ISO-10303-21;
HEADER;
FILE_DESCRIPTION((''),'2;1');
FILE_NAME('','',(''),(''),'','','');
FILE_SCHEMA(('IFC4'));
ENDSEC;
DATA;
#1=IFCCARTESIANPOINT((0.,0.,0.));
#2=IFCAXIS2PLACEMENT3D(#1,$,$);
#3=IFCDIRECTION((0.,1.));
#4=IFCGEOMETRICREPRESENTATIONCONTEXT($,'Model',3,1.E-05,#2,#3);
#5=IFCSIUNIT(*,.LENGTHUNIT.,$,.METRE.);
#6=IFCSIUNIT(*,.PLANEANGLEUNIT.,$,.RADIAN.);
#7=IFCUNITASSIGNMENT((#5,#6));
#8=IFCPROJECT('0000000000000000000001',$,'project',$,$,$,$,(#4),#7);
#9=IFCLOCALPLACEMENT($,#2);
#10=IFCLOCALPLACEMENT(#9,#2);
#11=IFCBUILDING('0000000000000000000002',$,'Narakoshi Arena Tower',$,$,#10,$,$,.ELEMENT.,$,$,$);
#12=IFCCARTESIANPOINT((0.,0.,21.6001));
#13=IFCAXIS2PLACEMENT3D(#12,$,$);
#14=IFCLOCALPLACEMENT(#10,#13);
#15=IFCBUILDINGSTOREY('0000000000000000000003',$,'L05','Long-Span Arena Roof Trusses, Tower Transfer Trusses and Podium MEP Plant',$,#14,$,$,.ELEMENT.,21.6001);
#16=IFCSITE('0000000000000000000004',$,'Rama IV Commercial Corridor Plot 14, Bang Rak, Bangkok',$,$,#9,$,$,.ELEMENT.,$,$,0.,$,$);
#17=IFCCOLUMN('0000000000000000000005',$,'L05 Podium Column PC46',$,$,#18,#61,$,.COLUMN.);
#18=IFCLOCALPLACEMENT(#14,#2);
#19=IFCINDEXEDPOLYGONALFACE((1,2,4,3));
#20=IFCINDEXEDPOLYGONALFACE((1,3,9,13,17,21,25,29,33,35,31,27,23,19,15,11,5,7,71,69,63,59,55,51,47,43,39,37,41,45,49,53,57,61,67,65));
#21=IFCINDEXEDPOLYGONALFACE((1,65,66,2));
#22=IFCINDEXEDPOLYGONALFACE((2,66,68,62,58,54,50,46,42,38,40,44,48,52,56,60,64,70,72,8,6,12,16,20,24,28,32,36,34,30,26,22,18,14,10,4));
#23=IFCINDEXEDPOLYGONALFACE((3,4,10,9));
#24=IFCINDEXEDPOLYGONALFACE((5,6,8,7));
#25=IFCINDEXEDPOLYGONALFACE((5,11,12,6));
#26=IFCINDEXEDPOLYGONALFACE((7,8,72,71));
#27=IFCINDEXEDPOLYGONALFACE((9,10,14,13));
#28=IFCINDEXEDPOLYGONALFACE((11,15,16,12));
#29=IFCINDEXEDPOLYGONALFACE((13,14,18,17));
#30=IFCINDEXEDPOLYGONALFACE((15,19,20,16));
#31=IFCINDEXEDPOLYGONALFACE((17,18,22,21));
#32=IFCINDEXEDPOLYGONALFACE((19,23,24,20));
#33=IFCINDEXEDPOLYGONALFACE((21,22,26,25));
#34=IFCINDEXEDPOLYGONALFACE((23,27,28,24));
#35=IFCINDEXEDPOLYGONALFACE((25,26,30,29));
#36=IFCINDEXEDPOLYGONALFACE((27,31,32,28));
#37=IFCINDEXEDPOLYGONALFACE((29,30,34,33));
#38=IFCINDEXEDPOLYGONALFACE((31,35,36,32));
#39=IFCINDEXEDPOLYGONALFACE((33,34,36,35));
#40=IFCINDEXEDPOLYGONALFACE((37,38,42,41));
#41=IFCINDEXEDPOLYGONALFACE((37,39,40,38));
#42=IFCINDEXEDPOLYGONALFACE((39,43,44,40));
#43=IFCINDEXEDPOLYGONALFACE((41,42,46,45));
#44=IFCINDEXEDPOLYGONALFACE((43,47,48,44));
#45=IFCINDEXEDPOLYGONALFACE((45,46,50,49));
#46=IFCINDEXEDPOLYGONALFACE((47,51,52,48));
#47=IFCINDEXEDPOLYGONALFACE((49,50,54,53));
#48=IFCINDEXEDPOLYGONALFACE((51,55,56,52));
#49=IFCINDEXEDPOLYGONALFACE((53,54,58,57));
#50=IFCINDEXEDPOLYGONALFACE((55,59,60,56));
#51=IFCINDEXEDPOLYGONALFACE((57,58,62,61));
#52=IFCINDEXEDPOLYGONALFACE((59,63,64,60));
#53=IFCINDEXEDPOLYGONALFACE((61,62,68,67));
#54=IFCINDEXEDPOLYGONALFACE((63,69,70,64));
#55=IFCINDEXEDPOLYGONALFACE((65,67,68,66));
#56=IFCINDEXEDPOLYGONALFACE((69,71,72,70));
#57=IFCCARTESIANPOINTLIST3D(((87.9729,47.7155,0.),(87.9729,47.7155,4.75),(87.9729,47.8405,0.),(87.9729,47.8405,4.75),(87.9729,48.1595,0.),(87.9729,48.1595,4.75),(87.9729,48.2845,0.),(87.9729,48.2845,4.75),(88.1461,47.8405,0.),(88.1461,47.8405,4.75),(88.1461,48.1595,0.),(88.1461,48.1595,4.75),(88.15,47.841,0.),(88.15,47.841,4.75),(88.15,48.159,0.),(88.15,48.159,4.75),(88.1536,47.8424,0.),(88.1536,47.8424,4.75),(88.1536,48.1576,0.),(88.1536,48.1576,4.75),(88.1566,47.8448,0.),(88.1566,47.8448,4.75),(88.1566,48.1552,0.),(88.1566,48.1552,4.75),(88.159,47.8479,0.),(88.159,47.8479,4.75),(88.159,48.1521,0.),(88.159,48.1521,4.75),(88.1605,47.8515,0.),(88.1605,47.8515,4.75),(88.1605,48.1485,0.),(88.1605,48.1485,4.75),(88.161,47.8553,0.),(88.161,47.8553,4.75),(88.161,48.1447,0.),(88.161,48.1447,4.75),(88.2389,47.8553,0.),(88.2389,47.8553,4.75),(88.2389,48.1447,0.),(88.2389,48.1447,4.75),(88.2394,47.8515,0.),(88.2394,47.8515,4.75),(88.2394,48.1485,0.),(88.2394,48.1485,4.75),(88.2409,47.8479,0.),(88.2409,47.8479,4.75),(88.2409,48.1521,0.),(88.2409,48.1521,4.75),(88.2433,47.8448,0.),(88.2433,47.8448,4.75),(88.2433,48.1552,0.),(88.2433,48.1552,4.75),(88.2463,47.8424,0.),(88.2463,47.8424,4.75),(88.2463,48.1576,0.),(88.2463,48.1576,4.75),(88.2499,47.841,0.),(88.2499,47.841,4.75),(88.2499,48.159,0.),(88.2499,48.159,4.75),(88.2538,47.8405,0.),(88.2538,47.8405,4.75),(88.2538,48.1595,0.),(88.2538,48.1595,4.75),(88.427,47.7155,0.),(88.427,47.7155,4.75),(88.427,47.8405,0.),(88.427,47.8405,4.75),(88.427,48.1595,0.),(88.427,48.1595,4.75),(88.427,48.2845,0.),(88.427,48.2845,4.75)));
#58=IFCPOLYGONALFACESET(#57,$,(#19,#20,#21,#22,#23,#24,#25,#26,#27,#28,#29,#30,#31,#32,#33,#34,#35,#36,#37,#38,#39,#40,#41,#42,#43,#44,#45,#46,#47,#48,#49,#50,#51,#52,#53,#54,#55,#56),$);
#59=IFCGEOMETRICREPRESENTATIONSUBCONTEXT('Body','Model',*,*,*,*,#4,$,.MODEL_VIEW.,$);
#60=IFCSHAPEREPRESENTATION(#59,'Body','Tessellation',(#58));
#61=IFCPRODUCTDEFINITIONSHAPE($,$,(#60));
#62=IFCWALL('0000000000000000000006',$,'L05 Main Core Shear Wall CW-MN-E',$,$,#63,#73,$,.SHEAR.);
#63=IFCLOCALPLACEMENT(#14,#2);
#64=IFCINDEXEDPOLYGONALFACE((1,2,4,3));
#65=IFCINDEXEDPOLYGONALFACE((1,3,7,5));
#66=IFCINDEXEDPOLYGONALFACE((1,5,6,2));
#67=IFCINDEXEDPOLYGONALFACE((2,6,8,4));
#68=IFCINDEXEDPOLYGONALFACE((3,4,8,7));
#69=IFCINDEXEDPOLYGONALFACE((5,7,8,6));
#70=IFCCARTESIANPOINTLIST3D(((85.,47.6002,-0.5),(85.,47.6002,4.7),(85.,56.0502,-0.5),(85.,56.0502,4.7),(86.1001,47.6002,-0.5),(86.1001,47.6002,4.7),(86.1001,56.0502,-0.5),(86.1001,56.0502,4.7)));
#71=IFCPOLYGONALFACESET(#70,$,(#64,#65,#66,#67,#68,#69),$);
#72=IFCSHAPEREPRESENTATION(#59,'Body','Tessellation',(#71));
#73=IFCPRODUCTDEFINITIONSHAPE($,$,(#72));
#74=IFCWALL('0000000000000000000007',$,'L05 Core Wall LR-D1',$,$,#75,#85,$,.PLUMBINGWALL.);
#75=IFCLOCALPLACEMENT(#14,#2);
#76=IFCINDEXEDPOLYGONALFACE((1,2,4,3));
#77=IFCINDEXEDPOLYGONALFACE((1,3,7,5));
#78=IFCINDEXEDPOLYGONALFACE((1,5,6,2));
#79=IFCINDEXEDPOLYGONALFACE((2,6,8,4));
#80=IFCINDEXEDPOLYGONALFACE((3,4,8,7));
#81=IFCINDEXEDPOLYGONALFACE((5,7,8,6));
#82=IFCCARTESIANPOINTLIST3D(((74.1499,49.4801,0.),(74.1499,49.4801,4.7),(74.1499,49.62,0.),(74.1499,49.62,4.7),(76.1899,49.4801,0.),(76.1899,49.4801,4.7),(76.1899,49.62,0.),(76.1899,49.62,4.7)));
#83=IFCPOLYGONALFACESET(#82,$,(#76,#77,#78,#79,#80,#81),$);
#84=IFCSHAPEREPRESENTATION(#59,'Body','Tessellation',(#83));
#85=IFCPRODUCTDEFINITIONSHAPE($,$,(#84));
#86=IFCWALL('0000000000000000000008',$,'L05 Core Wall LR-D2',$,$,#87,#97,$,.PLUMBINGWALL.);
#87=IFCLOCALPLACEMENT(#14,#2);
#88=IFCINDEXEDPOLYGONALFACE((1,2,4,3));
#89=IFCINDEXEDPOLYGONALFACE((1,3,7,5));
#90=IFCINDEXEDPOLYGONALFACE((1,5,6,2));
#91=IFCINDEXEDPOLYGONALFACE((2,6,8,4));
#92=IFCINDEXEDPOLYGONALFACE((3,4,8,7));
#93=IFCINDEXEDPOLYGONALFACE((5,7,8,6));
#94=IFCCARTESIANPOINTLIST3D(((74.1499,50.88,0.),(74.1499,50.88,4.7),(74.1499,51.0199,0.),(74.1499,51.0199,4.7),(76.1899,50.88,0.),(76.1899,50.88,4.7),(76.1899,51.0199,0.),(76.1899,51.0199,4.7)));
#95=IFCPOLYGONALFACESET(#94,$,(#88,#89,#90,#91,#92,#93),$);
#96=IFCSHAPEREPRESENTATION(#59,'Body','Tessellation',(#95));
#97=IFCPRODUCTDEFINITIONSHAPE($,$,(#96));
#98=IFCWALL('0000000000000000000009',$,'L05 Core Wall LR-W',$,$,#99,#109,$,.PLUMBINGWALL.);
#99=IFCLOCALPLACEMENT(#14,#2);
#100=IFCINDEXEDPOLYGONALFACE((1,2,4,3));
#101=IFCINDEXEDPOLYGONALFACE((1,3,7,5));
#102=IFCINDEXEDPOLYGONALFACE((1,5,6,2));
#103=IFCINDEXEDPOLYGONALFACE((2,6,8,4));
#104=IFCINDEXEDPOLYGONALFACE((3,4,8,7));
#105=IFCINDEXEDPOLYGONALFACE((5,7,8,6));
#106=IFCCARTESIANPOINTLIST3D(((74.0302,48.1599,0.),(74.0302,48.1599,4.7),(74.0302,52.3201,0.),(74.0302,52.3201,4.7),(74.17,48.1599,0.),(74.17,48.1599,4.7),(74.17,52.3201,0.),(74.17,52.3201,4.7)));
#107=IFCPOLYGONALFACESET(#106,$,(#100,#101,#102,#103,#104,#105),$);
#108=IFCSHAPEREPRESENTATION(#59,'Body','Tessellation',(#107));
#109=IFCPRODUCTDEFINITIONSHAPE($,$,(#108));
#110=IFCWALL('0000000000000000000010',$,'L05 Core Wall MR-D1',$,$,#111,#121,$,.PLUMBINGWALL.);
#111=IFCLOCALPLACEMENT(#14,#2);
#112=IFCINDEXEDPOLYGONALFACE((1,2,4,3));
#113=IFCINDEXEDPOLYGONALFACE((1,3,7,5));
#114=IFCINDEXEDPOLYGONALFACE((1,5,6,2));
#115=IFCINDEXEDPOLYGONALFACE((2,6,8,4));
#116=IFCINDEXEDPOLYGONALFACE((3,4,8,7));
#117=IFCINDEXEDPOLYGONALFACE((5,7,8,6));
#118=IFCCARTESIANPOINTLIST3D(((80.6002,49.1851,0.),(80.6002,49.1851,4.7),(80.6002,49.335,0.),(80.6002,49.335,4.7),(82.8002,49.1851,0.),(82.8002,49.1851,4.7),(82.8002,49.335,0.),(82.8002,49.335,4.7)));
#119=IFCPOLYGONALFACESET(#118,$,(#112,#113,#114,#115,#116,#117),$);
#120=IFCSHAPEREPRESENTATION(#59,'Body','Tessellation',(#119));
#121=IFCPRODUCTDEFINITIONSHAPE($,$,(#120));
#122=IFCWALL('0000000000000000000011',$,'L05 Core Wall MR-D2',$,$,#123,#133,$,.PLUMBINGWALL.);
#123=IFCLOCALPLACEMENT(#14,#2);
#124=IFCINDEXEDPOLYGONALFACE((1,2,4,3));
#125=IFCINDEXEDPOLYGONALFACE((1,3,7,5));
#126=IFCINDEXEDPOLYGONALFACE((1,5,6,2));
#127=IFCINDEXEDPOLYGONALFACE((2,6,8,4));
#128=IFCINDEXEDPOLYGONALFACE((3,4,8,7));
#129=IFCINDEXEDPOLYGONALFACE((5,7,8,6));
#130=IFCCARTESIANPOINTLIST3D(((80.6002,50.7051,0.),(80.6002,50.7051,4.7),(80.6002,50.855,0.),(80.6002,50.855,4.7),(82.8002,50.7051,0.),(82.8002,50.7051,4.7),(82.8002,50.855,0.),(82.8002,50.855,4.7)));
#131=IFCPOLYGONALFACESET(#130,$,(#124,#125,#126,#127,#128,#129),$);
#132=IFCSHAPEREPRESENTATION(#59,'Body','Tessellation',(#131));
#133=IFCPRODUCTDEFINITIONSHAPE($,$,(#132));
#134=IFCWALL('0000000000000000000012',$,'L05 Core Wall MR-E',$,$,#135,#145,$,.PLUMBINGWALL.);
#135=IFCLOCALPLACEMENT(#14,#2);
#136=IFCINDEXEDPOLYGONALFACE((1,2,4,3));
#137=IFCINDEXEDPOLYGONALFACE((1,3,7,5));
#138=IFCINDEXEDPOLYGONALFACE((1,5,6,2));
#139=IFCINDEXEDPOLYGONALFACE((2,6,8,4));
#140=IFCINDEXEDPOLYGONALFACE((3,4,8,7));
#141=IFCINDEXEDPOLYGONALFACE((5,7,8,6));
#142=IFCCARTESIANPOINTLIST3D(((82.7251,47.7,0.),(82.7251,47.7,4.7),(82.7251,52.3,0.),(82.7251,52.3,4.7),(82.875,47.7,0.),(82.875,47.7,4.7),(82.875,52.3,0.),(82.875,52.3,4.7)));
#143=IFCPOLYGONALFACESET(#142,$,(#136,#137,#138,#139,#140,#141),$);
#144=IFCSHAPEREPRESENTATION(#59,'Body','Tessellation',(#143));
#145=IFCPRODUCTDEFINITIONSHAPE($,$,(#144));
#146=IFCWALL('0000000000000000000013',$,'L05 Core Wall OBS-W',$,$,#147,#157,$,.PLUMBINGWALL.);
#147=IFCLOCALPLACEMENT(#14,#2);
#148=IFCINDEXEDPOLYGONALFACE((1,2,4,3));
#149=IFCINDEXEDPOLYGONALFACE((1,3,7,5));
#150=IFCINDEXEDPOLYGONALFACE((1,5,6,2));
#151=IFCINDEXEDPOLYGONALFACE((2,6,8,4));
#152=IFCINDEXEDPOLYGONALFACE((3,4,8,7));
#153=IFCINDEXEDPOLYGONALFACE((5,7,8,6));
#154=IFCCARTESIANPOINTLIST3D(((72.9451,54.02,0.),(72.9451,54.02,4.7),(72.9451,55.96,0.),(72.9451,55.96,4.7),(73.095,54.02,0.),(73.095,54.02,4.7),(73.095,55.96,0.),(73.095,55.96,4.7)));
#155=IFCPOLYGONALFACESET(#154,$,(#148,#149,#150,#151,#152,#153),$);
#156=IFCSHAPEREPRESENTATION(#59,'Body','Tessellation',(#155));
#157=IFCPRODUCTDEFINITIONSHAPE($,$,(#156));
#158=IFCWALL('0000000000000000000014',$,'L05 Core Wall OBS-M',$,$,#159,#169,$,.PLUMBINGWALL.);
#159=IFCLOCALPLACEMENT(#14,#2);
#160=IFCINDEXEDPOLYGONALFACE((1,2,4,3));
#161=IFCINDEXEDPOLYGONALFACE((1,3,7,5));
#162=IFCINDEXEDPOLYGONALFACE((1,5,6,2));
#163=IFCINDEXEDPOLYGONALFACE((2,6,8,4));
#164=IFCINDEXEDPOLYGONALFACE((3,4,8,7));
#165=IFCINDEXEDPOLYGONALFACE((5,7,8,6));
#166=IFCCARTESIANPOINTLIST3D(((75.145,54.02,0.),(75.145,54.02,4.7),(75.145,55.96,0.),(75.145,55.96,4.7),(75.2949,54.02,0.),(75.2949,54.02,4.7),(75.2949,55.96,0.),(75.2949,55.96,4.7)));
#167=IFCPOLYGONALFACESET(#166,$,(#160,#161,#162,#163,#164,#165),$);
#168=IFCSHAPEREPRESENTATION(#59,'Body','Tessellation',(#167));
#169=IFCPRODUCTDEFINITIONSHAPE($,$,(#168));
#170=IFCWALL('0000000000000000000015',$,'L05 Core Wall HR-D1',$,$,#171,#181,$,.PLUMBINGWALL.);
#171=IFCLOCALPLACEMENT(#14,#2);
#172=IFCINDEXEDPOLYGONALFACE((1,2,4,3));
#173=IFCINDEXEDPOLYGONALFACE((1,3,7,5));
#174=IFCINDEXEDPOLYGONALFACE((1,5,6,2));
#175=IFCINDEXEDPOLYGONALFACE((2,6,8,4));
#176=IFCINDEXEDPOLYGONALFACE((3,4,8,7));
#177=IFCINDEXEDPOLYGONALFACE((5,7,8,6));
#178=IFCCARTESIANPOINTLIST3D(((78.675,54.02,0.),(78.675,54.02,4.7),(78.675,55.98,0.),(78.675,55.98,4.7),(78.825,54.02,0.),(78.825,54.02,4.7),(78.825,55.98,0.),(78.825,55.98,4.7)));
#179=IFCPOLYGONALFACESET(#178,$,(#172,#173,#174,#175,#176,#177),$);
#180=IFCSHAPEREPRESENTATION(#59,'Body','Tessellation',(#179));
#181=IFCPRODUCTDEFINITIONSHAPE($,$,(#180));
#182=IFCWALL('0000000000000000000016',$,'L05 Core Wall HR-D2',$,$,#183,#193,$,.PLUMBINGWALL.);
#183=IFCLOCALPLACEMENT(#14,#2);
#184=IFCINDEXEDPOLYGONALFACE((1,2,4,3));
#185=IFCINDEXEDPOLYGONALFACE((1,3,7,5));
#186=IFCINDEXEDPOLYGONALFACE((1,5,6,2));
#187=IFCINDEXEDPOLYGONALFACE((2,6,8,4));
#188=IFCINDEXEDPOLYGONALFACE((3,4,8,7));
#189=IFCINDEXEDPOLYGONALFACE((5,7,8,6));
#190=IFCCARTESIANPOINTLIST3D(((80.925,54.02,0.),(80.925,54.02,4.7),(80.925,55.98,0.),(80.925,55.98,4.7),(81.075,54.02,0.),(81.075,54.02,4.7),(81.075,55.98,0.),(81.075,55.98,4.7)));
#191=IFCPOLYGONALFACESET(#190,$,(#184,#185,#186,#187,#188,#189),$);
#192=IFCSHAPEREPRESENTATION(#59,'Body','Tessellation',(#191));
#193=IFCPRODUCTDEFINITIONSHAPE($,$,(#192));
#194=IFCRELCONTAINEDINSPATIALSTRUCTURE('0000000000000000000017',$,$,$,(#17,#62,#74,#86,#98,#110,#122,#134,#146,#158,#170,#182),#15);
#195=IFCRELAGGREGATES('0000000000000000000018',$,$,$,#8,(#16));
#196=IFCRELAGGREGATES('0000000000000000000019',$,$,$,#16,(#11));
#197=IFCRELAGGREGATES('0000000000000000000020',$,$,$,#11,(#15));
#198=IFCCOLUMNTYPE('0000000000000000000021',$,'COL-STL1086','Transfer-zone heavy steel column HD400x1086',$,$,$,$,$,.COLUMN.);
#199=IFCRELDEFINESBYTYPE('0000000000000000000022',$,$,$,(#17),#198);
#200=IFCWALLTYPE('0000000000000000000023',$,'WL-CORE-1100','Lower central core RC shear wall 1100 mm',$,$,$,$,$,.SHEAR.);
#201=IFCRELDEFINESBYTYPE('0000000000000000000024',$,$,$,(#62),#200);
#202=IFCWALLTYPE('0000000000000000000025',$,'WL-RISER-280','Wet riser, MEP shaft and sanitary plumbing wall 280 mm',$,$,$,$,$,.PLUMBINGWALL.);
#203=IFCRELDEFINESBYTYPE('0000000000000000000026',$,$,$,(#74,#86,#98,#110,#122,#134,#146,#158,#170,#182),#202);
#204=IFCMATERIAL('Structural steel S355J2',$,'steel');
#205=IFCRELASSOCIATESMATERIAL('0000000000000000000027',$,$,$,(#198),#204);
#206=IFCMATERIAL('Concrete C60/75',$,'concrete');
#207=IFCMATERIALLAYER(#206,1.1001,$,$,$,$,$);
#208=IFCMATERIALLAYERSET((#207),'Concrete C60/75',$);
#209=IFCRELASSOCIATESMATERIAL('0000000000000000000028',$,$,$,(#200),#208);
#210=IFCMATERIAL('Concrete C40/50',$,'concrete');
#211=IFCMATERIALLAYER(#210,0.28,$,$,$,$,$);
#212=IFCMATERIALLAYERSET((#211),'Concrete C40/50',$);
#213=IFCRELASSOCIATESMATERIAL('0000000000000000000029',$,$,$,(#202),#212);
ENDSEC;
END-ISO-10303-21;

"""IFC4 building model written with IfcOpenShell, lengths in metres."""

from ifc_helpers import new_model, si_unit, direction, frame, frame_2d, origin, origin_2d, place, context, subcontext, project, spatial, rectangle, i_section, extrude, material, layer, layer_set, material_profile, profile_set, type_object, element, save


model = new_model("IFC4")

# Units and contexts
model_context = context("Model", 3, precision=1e-05, world=origin(), true_north=direction((0.0, 1.0)))
body_context = subcontext(model_context, "Body", "Model", "MODEL_VIEW")
ifc_project = project(units=[si_unit("LENGTHUNIT", "METRE"), si_unit("PLANEANGLEUNIT", "RADIAN")], contexts=[model_context])

# Site, building, storey
site_placement = place(None, origin())
site = spatial("IfcSite", under=ifc_project, at=site_placement, Name="Rama IV Commercial Corridor Plot 14, Bang Rak, Bangkok", CompositionType="ELEMENT", RefElevation=0.0)
building_placement = place(site_placement, origin())
building = spatial("IfcBuilding", under=site, at=building_placement, Name="Narakoshi Arena Tower", CompositionType="ELEMENT")
storey_placement = place(building_placement, frame((0.0, 0.0, 21.6001)))
storey = spatial("IfcBuildingStorey", under=building, at=storey_placement, Name="L05", Description="Long-Span Arena Roof Trusses, Tower Transfer Trusses and Podium MEP Plant", CompositionType="ELEMENT", Elevation=21.6001)

# Column
ifc_material_1 = material(Name="Structural steel S355J2", Category="steel")
ifc_material_profile = material_profile(ifc_material_1, i_section(OverallWidth=0.4541, OverallDepth=0.5691, WebThickness=0.0779, FlangeThickness=0.125, FilletRadius=0.0149, at=origin_2d()), Name="HD400x1086")
ifc_profile_set = profile_set([ifc_material_profile], Name="Structural steel S355J2")
column_type = type_object("IfcColumnType", Name="COL-STL1086", Description="Transfer-zone heavy steel column HD400x1086", PredefinedType="COLUMN", material=ifc_profile_set)
column_placement = place(storey_placement, frame((88.2, 48.0, 0.0), z_axis=(0.0, 0.0, 1.0), x_axis=(1.0, 0.0, 0.0)))
element("IfcColumn", 1, at=column_placement, inside=storey, type_object=column_type, Name="L05 Podium Column PC46", PredefinedType="COLUMN", context=body_context, shape_type="SweptSolid", body=[
    extrude(i_section(OverallWidth=0.4541, OverallDepth=0.5691, WebThickness=0.0779, FlangeThickness=0.125, FilletRadius=0.0149, at=origin_2d()), origin(), (0.0, 0.0, 1.0), 4.75),
])

# Walls
ifc_material_2 = material(Name="Concrete C60/75", Category="concrete")
ifc_layer_1 = layer(ifc_material_2, 1.1001)
ifc_layer_set_1 = layer_set([ifc_layer_1], Name="Concrete C60/75")
wall_type_1 = type_object("IfcWallType", Name="WL-CORE-1100", Description="Lower central core RC shear wall 1100 mm", PredefinedType="SHEAR", material=ifc_layer_set_1)
wall_1_placement = place(storey_placement, frame((85.55, 47.6001, -0.5), z_axis=(0.0, 0.0, 1.0), x_axis=(0.0, 1.0, 0.0)))
element("IfcWall", 2, at=wall_1_placement, inside=storey, type_object=wall_type_1, Name="L05 Main Core Shear Wall CW-MN-E", PredefinedType="SHEAR", context=body_context, shape_type="SweptSolid", body=[
    extrude(rectangle(XDim=8.45, YDim=1.1001, at=frame_2d((4.2251, 0.0))), origin(), (0.0, 0.0, 1.0), 5.2),
])
ifc_material_3 = material(Name="Concrete C40/50", Category="concrete")
ifc_layer_2 = layer(ifc_material_3, 0.28)
ifc_layer_set_2 = layer_set([ifc_layer_2], Name="Concrete C40/50")
wall_type_2 = type_object("IfcWallType", Name="WL-RISER-280", Description="Wet riser, MEP shaft and sanitary plumbing wall 280 mm", PredefinedType="PLUMBINGWALL", material=ifc_layer_set_2)
for number, where, z_axis, x_axis, name in (
    (3, (74.1499, 49.55, 0.0), (0.0, 0.0, 1.0), (1.0, 0.0, 0.0), "L05 Core Wall LR-D1"),
    (4, (74.1499, 50.95, 0.0), (0.0, 0.0, 1.0), (1.0, 0.0, 0.0), "L05 Core Wall LR-D2"),
):
    element("IfcWall", number, at=place(storey_placement, frame(where, z_axis=z_axis, x_axis=x_axis)), inside=storey, type_object=wall_type_2, Name=name, PredefinedType="PLUMBINGWALL", context=body_context, shape_type="SweptSolid", body=[
        extrude(rectangle(XDim=2.04, YDim=0.1399, at=frame_2d((1.02, 0.0))), origin(), (0.0, 0.0, 1.0), 4.7),
    ])
wall_2_placement = place(storey_placement, frame((74.1001, 48.1599, 0.0), z_axis=(0.0, 0.0, 1.0), x_axis=(0.0, 1.0, 0.0)))
element("IfcWall", 5, at=wall_2_placement, inside=storey, type_object=wall_type_2, Name="L05 Core Wall LR-W", PredefinedType="PLUMBINGWALL", context=body_context, shape_type="SweptSolid", body=[
    extrude(rectangle(XDim=4.1602, YDim=0.1399, at=frame_2d((2.0801, 0.0))), origin(), (0.0, 0.0, 1.0), 4.7),
])
for number, where, z_axis, x_axis, name in (
    (6, (80.6001, 49.26, 0.0), (0.0, 0.0, 1.0), (1.0, 0.0, 0.0), "L05 Core Wall MR-D1"),
    (7, (80.6001, 50.78, 0.0), (0.0, 0.0, 1.0), (1.0, 0.0, 0.0), "L05 Core Wall MR-D2"),
):
    element("IfcWall", number, at=place(storey_placement, frame(where, z_axis=z_axis, x_axis=x_axis)), inside=storey, type_object=wall_type_2, Name=name, PredefinedType="PLUMBINGWALL", context=body_context, shape_type="SweptSolid", body=[
        extrude(rectangle(XDim=2.2, YDim=0.1499, at=frame_2d((1.1001, 0.0))), origin(), (0.0, 0.0, 1.0), 4.7),
    ])
wall_3_placement = place(storey_placement, frame((82.8, 47.7, 0.0), z_axis=(0.0, 0.0, 1.0), x_axis=(0.0, 1.0, 0.0)))
element("IfcWall", 8, at=wall_3_placement, inside=storey, type_object=wall_type_2, Name="L05 Core Wall MR-E", PredefinedType="PLUMBINGWALL", context=body_context, shape_type="SweptSolid", body=[
    extrude(rectangle(XDim=4.6001, YDim=0.1499, at=frame_2d((2.3, 0.0))), origin(), (0.0, 0.0, 1.0), 4.7),
])
for number, where, z_axis, x_axis, name in (
    (9, (73.02, 54.02, 0.0), (0.0, 0.0, 1.0), (0.0, 1.0, 0.0), "L05 Core Wall OBS-W"),
    (10, (75.22, 54.02, 0.0), (0.0, 0.0, 1.0), (0.0, 1.0, 0.0), "L05 Core Wall OBS-M"),
):
    element("IfcWall", number, at=place(storey_placement, frame(where, z_axis=z_axis, x_axis=x_axis)), inside=storey, type_object=wall_type_2, Name=name, PredefinedType="PLUMBINGWALL", context=body_context, shape_type="SweptSolid", body=[
        extrude(rectangle(XDim=1.9399, YDim=0.1499, at=frame_2d((0.97, 0.0))), origin(), (0.0, 0.0, 1.0), 4.7),
    ])
for number, where, z_axis, x_axis, name in (
    (11, (78.75, 54.02, 0.0), (0.0, 0.0, 1.0), (0.0, 1.0, 0.0), "L05 Core Wall HR-D1"),
    (12, (81.0, 54.02, 0.0), (0.0, 0.0, 1.0), (0.0, 1.0, 0.0), "L05 Core Wall HR-D2"),
):
    element("IfcWall", number, at=place(storey_placement, frame(where, z_axis=z_axis, x_axis=x_axis)), inside=storey, type_object=wall_type_2, Name=name, PredefinedType="PLUMBINGWALL", context=body_context, shape_type="SweptSolid", body=[
        extrude(rectangle(XDim=1.96, YDim=0.1499, at=frame_2d((0.98, 0.0))), origin(), (0.0, 0.0, 1.0), 4.7),
    ])

save(model, "model.ifc")
